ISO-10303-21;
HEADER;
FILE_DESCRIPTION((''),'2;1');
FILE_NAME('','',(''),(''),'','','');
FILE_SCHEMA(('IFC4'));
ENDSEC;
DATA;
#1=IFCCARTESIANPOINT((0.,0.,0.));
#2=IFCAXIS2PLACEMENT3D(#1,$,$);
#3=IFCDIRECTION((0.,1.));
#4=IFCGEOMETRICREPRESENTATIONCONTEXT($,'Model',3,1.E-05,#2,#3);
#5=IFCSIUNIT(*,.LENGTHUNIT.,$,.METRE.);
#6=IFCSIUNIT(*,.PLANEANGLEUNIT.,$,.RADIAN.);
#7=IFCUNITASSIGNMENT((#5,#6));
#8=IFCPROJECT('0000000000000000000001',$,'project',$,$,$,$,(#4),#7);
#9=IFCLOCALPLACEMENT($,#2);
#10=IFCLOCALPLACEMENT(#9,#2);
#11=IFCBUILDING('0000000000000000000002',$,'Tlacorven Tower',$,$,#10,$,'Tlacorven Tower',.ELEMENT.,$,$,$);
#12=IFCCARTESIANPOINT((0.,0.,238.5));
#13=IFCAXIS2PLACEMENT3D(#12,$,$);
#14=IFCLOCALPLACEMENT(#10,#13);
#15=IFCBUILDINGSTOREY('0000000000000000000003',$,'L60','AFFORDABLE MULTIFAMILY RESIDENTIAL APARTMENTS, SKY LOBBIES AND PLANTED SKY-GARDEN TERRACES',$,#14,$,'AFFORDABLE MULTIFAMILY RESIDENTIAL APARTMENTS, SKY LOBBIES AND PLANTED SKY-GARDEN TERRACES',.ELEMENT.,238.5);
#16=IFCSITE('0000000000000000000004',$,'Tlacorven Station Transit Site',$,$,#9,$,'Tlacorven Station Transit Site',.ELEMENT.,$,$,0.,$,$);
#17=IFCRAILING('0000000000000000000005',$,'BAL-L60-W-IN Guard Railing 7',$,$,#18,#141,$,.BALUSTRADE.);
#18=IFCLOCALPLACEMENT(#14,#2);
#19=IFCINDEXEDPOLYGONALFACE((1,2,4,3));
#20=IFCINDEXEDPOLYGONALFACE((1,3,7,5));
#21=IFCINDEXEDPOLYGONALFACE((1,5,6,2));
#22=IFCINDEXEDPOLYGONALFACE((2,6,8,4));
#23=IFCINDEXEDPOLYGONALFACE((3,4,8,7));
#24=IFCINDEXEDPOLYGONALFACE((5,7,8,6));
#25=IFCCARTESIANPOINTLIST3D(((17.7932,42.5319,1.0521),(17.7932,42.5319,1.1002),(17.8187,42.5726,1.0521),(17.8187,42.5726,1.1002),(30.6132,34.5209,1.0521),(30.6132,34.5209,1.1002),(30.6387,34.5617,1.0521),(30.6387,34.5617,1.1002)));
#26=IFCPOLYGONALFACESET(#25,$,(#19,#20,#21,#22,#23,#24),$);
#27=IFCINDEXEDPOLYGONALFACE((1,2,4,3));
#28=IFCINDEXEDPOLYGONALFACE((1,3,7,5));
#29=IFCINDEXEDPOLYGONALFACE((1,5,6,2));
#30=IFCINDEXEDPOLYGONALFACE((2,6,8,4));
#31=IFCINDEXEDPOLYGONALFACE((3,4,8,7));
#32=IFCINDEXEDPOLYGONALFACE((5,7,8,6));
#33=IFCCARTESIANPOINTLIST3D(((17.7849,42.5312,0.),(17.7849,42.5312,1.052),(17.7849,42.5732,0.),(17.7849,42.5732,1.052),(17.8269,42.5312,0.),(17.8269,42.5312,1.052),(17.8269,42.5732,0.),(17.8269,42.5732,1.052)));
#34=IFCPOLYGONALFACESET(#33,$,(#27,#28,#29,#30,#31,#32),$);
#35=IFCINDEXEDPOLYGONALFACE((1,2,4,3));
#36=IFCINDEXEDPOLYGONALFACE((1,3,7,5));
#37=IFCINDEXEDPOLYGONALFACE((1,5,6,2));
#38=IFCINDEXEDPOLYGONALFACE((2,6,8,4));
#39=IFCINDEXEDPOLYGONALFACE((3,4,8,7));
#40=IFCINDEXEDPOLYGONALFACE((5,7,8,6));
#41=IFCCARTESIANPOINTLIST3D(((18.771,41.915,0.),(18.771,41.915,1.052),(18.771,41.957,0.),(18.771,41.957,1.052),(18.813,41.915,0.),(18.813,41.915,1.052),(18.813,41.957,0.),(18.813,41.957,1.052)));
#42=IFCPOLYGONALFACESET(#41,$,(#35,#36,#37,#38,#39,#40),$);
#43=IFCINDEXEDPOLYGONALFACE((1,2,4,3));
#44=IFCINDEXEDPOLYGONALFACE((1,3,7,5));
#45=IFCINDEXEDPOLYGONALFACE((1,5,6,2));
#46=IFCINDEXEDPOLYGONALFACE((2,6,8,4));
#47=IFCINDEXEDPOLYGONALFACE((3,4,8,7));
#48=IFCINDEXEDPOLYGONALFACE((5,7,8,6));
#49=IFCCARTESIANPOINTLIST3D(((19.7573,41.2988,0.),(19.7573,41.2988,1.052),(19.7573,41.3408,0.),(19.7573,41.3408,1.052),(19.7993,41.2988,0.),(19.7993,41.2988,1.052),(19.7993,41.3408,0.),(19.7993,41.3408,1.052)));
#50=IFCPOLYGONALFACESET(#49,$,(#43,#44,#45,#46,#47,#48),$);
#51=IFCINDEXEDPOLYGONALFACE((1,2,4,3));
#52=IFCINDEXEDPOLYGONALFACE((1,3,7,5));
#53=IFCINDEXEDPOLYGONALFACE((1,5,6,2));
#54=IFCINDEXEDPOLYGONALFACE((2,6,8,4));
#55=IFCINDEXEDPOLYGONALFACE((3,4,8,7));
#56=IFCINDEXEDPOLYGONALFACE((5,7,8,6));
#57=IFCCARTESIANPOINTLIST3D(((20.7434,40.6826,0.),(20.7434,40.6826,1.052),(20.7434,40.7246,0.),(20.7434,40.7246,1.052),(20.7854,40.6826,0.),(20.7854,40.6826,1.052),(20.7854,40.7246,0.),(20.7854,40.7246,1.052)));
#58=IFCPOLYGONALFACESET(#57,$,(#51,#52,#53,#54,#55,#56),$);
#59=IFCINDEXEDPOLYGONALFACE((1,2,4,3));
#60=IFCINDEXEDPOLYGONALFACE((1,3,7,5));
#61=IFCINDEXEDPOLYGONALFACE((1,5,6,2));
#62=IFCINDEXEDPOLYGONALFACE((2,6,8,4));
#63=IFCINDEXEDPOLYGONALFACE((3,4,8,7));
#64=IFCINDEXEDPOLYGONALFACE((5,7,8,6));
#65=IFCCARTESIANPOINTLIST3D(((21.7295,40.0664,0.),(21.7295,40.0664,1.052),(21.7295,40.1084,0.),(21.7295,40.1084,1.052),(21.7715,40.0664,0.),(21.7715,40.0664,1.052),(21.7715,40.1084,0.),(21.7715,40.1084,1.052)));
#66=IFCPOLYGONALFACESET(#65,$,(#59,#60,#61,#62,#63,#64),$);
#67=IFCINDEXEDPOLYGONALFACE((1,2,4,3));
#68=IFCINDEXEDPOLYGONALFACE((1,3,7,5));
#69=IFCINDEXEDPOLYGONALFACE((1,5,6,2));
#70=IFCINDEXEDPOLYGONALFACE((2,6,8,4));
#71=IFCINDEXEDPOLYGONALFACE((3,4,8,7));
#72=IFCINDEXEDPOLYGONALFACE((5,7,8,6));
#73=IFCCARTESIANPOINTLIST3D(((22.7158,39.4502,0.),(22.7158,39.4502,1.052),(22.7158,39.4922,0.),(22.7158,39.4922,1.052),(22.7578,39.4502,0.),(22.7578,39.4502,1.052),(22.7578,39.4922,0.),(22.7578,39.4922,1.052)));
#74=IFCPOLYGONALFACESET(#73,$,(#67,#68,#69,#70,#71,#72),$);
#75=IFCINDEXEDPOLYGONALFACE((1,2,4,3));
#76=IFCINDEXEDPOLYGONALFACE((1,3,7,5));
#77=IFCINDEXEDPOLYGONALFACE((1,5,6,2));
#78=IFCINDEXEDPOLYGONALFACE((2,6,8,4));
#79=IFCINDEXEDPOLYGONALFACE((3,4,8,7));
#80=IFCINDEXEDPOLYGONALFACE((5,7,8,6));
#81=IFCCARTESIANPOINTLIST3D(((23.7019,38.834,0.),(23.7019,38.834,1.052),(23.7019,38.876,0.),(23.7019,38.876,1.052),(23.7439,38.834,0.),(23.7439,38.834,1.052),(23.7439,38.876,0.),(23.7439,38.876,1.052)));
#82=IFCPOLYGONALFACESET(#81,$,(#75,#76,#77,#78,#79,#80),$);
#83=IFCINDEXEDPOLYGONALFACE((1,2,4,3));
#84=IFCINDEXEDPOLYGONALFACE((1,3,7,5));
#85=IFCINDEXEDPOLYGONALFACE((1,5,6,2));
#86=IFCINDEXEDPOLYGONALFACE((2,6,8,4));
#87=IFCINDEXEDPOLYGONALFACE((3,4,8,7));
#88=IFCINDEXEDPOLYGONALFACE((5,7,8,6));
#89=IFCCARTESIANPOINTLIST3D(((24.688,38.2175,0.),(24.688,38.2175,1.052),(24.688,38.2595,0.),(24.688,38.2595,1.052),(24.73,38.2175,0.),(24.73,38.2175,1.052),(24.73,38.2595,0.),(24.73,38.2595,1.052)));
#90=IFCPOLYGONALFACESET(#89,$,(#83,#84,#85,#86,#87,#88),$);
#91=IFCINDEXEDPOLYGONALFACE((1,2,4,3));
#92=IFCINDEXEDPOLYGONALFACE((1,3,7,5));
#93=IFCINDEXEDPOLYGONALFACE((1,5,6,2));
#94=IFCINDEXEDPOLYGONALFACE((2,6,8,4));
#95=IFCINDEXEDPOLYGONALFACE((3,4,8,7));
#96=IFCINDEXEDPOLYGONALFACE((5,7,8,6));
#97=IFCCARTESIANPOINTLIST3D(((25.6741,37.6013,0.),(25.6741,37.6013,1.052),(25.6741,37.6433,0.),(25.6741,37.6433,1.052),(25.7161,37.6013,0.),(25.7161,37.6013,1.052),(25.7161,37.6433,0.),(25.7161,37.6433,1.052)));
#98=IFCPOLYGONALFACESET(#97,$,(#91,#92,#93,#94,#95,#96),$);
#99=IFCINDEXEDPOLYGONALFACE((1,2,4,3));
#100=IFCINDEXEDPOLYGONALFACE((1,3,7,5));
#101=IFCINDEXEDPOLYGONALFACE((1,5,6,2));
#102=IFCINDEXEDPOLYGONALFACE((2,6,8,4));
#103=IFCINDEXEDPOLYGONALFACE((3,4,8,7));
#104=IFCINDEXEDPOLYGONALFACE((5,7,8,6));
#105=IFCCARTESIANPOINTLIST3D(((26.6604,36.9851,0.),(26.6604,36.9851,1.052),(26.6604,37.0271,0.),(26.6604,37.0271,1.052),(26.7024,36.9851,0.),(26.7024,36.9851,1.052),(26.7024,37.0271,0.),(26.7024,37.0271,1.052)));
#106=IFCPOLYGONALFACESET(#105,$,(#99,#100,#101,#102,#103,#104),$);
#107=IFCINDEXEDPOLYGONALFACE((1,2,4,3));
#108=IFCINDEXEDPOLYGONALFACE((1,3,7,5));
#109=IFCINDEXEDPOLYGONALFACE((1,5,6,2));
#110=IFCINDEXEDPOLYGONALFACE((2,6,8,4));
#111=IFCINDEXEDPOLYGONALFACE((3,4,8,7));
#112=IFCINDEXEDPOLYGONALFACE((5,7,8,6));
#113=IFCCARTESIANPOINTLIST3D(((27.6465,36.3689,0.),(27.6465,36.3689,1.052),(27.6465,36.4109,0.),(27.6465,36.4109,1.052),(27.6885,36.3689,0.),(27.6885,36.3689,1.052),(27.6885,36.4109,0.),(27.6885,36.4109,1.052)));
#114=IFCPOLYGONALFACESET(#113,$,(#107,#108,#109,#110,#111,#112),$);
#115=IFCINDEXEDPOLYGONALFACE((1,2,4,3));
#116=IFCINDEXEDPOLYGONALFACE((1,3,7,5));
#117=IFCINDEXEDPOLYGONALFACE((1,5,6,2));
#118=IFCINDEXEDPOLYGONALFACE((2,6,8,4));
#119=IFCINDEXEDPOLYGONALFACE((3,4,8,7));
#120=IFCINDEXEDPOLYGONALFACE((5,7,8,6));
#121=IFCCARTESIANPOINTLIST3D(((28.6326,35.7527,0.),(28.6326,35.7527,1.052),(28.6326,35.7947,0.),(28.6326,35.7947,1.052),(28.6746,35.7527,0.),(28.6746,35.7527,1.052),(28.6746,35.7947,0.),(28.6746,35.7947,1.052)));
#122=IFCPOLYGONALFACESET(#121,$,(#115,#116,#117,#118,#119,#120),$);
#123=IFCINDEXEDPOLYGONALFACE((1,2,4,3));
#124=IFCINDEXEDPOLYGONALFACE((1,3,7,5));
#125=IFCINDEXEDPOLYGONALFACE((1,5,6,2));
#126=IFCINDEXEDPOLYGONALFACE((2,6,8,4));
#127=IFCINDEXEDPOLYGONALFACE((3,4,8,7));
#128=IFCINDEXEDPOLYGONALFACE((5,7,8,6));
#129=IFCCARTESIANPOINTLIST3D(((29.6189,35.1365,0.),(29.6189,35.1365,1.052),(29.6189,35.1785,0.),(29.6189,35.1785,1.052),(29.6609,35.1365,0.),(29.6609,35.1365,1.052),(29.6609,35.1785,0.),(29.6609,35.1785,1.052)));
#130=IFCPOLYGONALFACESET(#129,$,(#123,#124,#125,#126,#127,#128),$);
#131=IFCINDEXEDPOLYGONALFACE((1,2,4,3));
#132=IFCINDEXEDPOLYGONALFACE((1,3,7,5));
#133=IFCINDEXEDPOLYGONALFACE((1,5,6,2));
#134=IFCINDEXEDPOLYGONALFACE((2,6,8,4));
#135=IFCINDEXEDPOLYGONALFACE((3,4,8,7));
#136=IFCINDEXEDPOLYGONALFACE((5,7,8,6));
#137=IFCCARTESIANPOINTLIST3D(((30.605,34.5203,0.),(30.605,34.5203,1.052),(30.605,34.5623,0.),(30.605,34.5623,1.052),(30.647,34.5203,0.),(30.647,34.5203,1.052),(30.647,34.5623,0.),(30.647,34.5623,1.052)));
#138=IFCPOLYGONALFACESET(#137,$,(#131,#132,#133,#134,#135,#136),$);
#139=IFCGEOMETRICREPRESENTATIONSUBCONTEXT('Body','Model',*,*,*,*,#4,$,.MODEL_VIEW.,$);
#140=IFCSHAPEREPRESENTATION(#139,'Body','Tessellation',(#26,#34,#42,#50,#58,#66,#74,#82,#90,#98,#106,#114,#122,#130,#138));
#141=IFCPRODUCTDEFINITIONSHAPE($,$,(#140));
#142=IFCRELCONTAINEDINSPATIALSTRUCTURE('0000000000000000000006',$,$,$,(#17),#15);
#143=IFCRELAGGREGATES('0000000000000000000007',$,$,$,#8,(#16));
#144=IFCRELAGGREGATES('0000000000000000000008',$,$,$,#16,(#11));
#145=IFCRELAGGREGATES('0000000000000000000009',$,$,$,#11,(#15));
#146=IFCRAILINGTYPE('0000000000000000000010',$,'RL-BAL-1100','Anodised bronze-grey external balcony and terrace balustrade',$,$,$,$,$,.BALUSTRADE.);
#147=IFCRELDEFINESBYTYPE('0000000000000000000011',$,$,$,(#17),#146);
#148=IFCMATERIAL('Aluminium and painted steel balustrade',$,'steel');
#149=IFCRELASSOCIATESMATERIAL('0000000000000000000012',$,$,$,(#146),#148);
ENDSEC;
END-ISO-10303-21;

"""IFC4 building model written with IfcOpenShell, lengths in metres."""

from ifc_helpers import new_model, si_unit, direction, frame, origin, origin_2d, place, context, subcontext, project, spatial, rectangle, extrude, source, transform, mapped, material, type_object, element, save


model = new_model("IFC4")

# Units and contexts
model_context = context("Model", 3, precision=1e-05, world=origin(), true_north=direction((0.0, 1.0)))
body_context = subcontext(model_context, "Body", "Model", "MODEL_VIEW")
ifc_project = project(units=[si_unit("LENGTHUNIT", "METRE"), si_unit("PLANEANGLEUNIT", "RADIAN")], contexts=[model_context])

# Site, building, storey
site_placement = place(None, origin())
site = spatial("IfcSite", under=ifc_project, at=site_placement, Name="Tlacorven Station Transit Site", LongName="Tlacorven Station Transit Site", CompositionType="ELEMENT", RefElevation=0.0)
building_placement = place(site_placement, origin())
building = spatial("IfcBuilding", under=site, at=building_placement, Name="Tlacorven Tower", LongName="Tlacorven Tower", CompositionType="ELEMENT")
storey_placement = place(building_placement, frame((0.0, 0.0, 238.5)))
storey = spatial("IfcBuildingStorey", under=building, at=storey_placement, Name="L60", Description="AFFORDABLE MULTIFAMILY RESIDENTIAL APARTMENTS, SKY LOBBIES AND PLANTED SKY-GARDEN TERRACES", LongName="AFFORDABLE MULTIFAMILY RESIDENTIAL APARTMENTS, SKY LOBBIES AND PLANTED SKY-GARDEN TERRACES", CompositionType="ELEMENT", Elevation=238.5)

# Railing
ifc_material_1 = material(Name="Aluminium and painted steel balustrade", Category="steel")
railing_type = type_object("IfcRailingType", Name="RL-BAL-1100", Description="Anodised bronze-grey external balcony and terrace balustrade", PredefinedType="BALUSTRADE", material=ifc_material_1)
shared_shape_1 = source(origin(), body_context, "Body", "SweptSolid", [
    extrude(rectangle(XDim=0.0481, YDim=0.0481, at=origin_2d()), frame((0.0, 0.0, 1.0762), z_axis=(0.848045, -0.529925, 0.0), x_axis=(0.529925, 0.848045, 0.0)), (0.0, 0.0, 1.0), 15.1172),
    extrude(rectangle(XDim=0.042, YDim=0.042, at=origin_2d()), origin(), (0.0, 0.0, 1.0), 1.052),
    extrude(rectangle(XDim=0.042, YDim=0.042, at=origin_2d()), frame((0.9861, -0.6162, 0.0)), (0.0, 0.0, 1.0), 1.052),
    extrude(rectangle(XDim=0.042, YDim=0.042, at=origin_2d()), frame((1.9724, -1.2324, 0.0)), (0.0, 0.0, 1.0), 1.052),
    extrude(rectangle(XDim=0.042, YDim=0.042, at=origin_2d()), frame((2.9585, -1.8486, 0.0)), (0.0, 0.0, 1.0), 1.052),
    extrude(rectangle(XDim=0.042, YDim=0.042, at=origin_2d()), frame((3.9446, -2.4648, 0.0)), (0.0, 0.0, 1.0), 1.052),
    extrude(rectangle(XDim=0.042, YDim=0.042, at=origin_2d()), frame((4.9309, -3.0811, 0.0)), (0.0, 0.0, 1.0), 1.052),
    extrude(rectangle(XDim=0.042, YDim=0.042, at=origin_2d()), frame((5.917, -3.6973, 0.0)), (0.0, 0.0, 1.0), 1.052),
    extrude(rectangle(XDim=0.042, YDim=0.042, at=origin_2d()), frame((6.9031, -4.3137, 0.0)), (0.0, 0.0, 1.0), 1.052),
    extrude(rectangle(XDim=0.042, YDim=0.042, at=origin_2d()), frame((7.8892, -4.9299, 0.0)), (0.0, 0.0, 1.0), 1.052),
    extrude(rectangle(XDim=0.042, YDim=0.042, at=origin_2d()), frame((8.8755, -5.5461, 0.0)), (0.0, 0.0, 1.0), 1.052),
    extrude(rectangle(XDim=0.042, YDim=0.042, at=origin_2d()), frame((9.8616, -6.1624, 0.0)), (0.0, 0.0, 1.0), 1.052),
    extrude(rectangle(XDim=0.042, YDim=0.042, at=origin_2d()), frame((10.8477, -6.7786, 0.0)), (0.0, 0.0, 1.0), 1.052),
    extrude(rectangle(XDim=0.042, YDim=0.042, at=origin_2d()), frame((11.834, -7.3948, 0.0)), (0.0, 0.0, 1.0), 1.052),
    extrude(rectangle(XDim=0.042, YDim=0.042, at=origin_2d()), frame((12.8201, -8.011, 0.0)), (0.0, 0.0, 1.0), 1.052),
])
railing_1_placement = place(storey_placement, frame((17.8059, 42.5522, 0.0)))
element("IfcRailing", 1, at=railing_1_placement, inside=storey, type_object=railing_type, Name="BAL-L60-W-IN Guard Railing 7", PredefinedType="BALUSTRADE", context=body_context, shape_type="MappedRepresentation", body=[
    mapped(shared_shape_1, transform((0.0, 0.0, 0.0), scale=1.0)),
])

save(model, "model.ifc")
